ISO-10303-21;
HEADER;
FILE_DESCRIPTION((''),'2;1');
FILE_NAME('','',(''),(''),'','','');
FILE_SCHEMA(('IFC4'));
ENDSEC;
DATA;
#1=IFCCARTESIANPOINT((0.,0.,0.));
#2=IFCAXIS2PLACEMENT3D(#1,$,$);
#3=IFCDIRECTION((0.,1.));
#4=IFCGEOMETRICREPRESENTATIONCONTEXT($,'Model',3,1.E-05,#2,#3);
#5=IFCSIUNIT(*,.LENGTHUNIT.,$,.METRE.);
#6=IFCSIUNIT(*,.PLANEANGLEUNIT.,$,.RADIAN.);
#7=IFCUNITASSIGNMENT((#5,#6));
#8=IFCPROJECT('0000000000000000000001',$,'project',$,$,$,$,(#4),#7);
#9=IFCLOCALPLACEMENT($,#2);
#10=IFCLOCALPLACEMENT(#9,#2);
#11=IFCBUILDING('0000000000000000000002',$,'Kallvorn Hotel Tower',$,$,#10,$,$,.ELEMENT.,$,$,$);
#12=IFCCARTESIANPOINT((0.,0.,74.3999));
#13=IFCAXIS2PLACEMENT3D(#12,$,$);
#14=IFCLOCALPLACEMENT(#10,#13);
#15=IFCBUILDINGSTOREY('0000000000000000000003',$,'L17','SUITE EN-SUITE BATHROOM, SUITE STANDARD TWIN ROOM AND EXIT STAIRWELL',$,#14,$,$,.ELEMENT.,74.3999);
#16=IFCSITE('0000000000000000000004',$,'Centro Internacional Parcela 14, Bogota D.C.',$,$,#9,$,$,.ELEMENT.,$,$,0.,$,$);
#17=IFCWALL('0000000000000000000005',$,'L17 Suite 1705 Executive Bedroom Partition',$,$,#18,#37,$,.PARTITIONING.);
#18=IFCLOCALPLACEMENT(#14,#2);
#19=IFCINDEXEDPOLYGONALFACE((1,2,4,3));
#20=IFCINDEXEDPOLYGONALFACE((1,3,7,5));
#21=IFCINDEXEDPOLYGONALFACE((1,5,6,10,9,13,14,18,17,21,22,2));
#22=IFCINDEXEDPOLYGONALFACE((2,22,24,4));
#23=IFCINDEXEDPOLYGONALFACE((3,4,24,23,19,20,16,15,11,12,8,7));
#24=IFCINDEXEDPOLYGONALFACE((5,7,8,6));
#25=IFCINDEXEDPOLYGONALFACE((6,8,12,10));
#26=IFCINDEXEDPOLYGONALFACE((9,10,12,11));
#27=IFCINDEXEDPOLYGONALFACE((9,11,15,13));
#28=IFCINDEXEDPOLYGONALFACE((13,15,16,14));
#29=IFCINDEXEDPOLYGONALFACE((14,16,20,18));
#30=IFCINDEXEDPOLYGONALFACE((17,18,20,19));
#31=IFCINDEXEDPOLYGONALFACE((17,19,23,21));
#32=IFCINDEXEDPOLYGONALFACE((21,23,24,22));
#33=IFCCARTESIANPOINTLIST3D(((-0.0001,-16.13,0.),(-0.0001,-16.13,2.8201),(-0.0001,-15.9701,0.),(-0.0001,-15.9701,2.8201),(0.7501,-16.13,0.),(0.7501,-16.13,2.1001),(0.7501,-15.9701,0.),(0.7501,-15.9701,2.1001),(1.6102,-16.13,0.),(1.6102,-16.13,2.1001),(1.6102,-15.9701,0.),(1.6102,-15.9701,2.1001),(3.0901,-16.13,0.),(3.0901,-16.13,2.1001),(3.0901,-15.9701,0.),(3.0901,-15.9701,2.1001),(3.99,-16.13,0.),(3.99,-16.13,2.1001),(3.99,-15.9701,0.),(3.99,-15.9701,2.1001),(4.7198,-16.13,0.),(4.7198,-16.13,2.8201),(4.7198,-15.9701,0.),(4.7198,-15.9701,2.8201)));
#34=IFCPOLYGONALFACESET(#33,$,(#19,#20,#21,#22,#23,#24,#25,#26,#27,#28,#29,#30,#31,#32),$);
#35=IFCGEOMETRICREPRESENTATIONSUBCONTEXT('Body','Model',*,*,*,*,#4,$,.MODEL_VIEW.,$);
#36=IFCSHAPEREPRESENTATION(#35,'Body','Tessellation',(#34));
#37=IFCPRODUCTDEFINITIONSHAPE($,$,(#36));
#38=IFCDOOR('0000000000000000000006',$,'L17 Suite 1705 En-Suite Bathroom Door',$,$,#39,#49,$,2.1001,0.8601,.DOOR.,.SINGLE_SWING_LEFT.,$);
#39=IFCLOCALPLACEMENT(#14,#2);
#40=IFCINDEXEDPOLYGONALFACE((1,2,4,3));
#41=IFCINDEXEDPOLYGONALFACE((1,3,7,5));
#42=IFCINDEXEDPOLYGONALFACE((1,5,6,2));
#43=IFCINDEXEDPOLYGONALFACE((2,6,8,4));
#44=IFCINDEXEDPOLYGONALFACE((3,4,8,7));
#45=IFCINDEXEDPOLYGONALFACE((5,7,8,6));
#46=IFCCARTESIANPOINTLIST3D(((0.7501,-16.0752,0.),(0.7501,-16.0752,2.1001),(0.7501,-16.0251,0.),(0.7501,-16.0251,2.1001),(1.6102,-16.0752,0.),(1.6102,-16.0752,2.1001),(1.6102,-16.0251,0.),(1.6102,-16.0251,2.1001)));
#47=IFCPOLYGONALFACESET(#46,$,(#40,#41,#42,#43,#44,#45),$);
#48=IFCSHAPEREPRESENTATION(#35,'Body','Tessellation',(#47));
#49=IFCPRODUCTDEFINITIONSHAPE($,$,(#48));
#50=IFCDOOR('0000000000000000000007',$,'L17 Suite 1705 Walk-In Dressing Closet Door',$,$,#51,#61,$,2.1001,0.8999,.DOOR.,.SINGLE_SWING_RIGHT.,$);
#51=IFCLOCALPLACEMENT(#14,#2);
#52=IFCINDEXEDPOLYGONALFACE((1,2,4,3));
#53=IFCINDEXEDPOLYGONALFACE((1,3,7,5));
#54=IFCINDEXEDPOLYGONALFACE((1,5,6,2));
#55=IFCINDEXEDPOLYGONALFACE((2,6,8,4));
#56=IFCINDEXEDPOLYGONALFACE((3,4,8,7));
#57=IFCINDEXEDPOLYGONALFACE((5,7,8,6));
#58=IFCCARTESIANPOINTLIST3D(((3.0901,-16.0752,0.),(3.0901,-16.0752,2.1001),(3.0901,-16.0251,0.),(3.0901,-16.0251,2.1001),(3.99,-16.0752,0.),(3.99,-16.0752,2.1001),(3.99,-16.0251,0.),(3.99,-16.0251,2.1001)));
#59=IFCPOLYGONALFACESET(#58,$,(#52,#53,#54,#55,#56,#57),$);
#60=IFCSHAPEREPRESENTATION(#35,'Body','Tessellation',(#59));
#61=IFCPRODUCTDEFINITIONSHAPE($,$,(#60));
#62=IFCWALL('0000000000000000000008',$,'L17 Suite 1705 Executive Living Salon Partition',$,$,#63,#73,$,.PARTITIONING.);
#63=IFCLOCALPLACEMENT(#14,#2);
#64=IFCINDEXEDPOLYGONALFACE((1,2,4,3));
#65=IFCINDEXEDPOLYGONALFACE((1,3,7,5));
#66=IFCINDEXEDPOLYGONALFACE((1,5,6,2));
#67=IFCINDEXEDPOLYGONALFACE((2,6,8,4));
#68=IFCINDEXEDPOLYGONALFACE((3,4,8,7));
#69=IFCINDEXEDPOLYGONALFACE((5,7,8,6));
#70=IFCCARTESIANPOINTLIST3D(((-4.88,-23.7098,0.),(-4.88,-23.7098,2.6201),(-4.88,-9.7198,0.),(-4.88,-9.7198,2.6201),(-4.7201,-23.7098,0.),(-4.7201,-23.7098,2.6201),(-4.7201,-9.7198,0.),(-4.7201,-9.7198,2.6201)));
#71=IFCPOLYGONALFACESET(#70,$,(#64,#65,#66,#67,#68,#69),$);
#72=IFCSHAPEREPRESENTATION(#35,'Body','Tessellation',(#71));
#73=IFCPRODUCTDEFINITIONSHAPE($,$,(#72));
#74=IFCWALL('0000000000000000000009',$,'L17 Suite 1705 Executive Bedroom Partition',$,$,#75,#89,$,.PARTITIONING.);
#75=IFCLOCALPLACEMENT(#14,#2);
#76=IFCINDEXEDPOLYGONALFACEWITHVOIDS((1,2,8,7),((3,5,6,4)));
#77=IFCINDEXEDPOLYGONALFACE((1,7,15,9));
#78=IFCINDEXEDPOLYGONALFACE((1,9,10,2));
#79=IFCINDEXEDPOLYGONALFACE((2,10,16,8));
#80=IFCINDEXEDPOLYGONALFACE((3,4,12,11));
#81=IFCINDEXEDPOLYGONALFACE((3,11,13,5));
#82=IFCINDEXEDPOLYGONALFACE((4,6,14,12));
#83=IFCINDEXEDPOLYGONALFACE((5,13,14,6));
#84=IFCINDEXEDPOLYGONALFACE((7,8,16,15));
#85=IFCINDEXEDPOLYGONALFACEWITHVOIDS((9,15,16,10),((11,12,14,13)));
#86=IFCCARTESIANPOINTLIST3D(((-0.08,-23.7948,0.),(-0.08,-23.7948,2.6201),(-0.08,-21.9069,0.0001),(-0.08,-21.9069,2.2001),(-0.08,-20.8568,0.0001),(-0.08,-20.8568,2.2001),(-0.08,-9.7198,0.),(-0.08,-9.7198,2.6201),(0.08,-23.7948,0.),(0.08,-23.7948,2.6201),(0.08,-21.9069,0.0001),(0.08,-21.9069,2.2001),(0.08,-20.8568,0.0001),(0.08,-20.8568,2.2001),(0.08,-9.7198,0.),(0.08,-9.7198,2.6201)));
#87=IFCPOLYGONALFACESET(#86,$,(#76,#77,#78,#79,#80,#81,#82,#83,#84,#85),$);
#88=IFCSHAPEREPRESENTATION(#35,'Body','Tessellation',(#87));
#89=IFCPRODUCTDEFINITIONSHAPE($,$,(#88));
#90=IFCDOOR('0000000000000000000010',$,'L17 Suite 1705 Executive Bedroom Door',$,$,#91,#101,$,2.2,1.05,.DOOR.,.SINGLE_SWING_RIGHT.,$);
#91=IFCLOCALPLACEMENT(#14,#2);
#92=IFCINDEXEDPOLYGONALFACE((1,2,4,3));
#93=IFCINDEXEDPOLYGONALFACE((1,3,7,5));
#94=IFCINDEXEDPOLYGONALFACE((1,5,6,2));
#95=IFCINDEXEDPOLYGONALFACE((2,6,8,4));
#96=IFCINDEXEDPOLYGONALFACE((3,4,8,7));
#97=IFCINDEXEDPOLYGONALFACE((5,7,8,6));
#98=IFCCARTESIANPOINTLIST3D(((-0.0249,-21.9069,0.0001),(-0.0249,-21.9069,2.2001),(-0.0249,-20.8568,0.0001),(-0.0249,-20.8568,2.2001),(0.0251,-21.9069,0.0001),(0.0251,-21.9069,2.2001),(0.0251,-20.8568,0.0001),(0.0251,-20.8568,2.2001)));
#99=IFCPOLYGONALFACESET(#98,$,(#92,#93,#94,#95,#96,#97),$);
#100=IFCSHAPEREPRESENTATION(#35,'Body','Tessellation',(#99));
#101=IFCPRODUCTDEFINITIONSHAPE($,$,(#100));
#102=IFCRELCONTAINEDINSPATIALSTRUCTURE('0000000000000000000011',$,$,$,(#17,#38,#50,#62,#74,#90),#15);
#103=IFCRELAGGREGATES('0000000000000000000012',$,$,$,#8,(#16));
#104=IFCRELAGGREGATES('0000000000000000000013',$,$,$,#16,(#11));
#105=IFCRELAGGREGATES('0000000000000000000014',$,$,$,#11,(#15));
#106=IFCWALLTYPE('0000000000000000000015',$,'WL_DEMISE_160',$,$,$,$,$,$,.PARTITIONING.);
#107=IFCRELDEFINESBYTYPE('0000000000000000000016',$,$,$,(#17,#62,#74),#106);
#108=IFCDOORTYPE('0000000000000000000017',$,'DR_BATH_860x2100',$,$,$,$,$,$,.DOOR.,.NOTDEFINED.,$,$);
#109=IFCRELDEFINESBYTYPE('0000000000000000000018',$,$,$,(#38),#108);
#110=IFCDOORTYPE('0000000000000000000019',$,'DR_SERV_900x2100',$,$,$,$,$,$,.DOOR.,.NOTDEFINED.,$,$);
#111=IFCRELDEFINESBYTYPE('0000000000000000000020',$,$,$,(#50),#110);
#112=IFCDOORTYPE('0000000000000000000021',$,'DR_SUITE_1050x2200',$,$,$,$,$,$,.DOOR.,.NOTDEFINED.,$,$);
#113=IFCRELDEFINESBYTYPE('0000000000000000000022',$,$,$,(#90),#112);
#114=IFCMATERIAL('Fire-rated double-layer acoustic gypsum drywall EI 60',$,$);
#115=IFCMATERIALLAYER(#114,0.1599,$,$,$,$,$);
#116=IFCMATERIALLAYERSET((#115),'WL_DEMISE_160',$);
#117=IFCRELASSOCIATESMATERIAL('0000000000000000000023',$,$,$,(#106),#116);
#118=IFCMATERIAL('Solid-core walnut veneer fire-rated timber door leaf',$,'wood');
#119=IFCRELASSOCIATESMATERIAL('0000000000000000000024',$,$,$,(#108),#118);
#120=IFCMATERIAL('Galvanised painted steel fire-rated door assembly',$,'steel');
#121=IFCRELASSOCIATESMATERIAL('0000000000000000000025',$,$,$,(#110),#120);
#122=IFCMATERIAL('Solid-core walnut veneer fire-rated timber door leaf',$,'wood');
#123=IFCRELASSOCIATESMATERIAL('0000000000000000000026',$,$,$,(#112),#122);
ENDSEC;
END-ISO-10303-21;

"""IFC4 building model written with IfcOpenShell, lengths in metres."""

from ifc_helpers import new_model, si_unit, direction, frame, frame_2d, origin, place, context, subcontext, project, spatial, rectangle, extrude, material, layer, layer_set, type_object, element, fill, save


model = new_model("IFC4")

# Units and contexts
model_context = context("Model", 3, precision=1e-05, world=origin(), true_north=direction((0.0, 1.0)))
body_context = subcontext(model_context, "Body", "Model", "MODEL_VIEW")
ifc_project = project(units=[si_unit("LENGTHUNIT", "METRE"), si_unit("PLANEANGLEUNIT", "RADIAN")], contexts=[model_context])

# Site, building, storey
site_placement = place(None, origin())
site = spatial("IfcSite", under=ifc_project, at=site_placement, Name="Centro Internacional Parcela 14, Bogota D.C.", CompositionType="ELEMENT", RefElevation=0.0)
building_placement = place(site_placement, origin())
building = spatial("IfcBuilding", under=site, at=building_placement, Name="Kallvorn Hotel Tower", CompositionType="ELEMENT")
storey_placement = place(building_placement, frame((0.0, 0.0, 74.3999)))
storey = spatial("IfcBuildingStorey", under=building, at=storey_placement, Name="L17", Description="SUITE EN-SUITE BATHROOM, SUITE STANDARD TWIN ROOM AND EXIT STAIRWELL", CompositionType="ELEMENT", Elevation=74.3999)

# Wall, openings, doors
ifc_material_1 = material(Name="Fire-rated double-layer acoustic gypsum drywall EI 60")
ifc_layer_1 = layer(ifc_material_1, 0.1599)
ifc_layer_set_1 = layer_set([ifc_layer_1], Name="WL_DEMISE_160")
wall_type = type_object("IfcWallType", Name="WL_DEMISE_160", PredefinedType="PARTITIONING", material=ifc_layer_set_1)
wall_1_placement = place(storey_placement, frame((0.0, -16.05, 0.0), z_axis=(0.0, 0.0, 1.0), x_axis=(1.0, 0.0, 0.0)))
wall_1 = element("IfcWall", 1, at=wall_1_placement, inside=storey, type_object=wall_type, Name="L17 Suite 1705 Executive Bedroom Partition", PredefinedType="PARTITIONING", context=body_context, shape_type="SweptSolid", body=[
    extrude(rectangle(XDim=4.72, YDim=0.1599, at=frame_2d((2.3599, 0.0))), origin(), (0.0, 0.0, 1.0), 2.8201),
])
opening_1_placement = place(wall_1_placement, frame((0.75, 0.0, 0.0)))
opening_1 = element("IfcOpeningElement", 2, at=opening_1_placement, cuts=wall_1, PredefinedType="OPENING", context=body_context, shape_type="SweptSolid", body=[
    extrude(rectangle(XDim=0.8601, YDim=2.1001, at=frame_2d((0.4302, 1.05))), frame((0.0, 0.095, 0.0), z_axis=(0.0, -1.0, 0.0), x_axis=(1.0, 0.0, 0.0)), (0.0, 0.0, 1.0), 0.1899),
])
opening_2_placement = place(wall_1_placement, frame((3.0901, 0.0, 0.0)))
opening_2 = element("IfcOpeningElement", 3, at=opening_2_placement, cuts=wall_1, PredefinedType="OPENING", context=body_context, shape_type="SweptSolid", body=[
    extrude(rectangle(XDim=0.8999, YDim=2.1001, at=frame_2d((0.45, 1.05))), frame((0.0, 0.095, 0.0), z_axis=(0.0, -1.0, 0.0), x_axis=(1.0, 0.0, 0.0)), (0.0, 0.0, 1.0), 0.1899),
])
ifc_material_2 = material(Name="Solid-core walnut veneer fire-rated timber door leaf", Category="wood")
door_type_1 = type_object("IfcDoorType", Name="DR_BATH_860x2100", OperationType="NOTDEFINED", PredefinedType="DOOR", material=ifc_material_2)
door_1_placement = place(opening_1_placement, origin())
door_1 = element("IfcDoor", 4, at=door_1_placement, inside=storey, type_object=door_type_1, Name="L17 Suite 1705 En-Suite Bathroom Door", OperationType="SINGLE_SWING_LEFT", OverallHeight=2.1001, OverallWidth=0.8601, PredefinedType="DOOR", context=body_context, shape_type="SweptSolid", body=[
    extrude(rectangle(XDim=0.8601, YDim=2.1001, at=frame_2d((0.4302, 1.05))), frame((0.0, 0.0249, 0.0), z_axis=(0.0, -1.0, 0.0), x_axis=(1.0, 0.0, 0.0)), (0.0, 0.0, 1.0), 0.05),
])
fill(opening_1, door_1)
ifc_material_3 = material(Name="Galvanised painted steel fire-rated door assembly", Category="steel")
door_type_2 = type_object("IfcDoorType", Name="DR_SERV_900x2100", OperationType="NOTDEFINED", PredefinedType="DOOR", material=ifc_material_3)
door_2_placement = place(opening_2_placement, origin())
door_2 = element("IfcDoor", 5, at=door_2_placement, inside=storey, type_object=door_type_2, Name="L17 Suite 1705 Walk-In Dressing Closet Door", OperationType="SINGLE_SWING_RIGHT", OverallHeight=2.1001, OverallWidth=0.8999, PredefinedType="DOOR", context=body_context, shape_type="SweptSolid", body=[
    extrude(rectangle(XDim=0.8999, YDim=2.1001, at=frame_2d((0.45, 1.05))), frame((0.0, 0.0249, 0.0), z_axis=(0.0, -1.0, 0.0), x_axis=(1.0, 0.0, 0.0)), (0.0, 0.0, 1.0), 0.05),
])
fill(opening_2, door_2)

# Wall
wall_2_placement = place(storey_placement, frame((-4.8, -23.71, 0.0), z_axis=(0.0, 0.0, 1.0), x_axis=(0.0, 1.0, 0.0)))
element("IfcWall", 6, at=wall_2_placement, inside=storey, type_object=wall_type, Name="L17 Suite 1705 Executive Living Salon Partition", PredefinedType="PARTITIONING", context=body_context, shape_type="SweptSolid", body=[
    extrude(rectangle(XDim=13.99, YDim=0.1599, at=frame_2d((6.9951, 0.0))), origin(), (0.0, 0.0, 1.0), 2.6201),
])

# Wall, opening, door
wall_3_placement = place(storey_placement, frame((0.0, -23.7949, 0.0), z_axis=(0.0, 0.0, 1.0), x_axis=(0.0, 1.0, 0.0)))
wall_3 = element("IfcWall", 7, at=wall_3_placement, inside=storey, type_object=wall_type, Name="L17 Suite 1705 Executive Bedroom Partition", PredefinedType="PARTITIONING", context=body_context, shape_type="SweptSolid", body=[
    extrude(rectangle(XDim=14.075, YDim=0.1599, at=frame_2d((7.0376, 0.0))), origin(), (0.0, 0.0, 1.0), 2.6201),
])
opening_3_placement = place(wall_3_placement, frame((1.8882, 0.0, 0.0)))
opening_3 = element("IfcOpeningElement", 8, at=opening_3_placement, cuts=wall_3, PredefinedType="OPENING", context=body_context, shape_type="SweptSolid", body=[
    extrude(rectangle(XDim=1.05, YDim=2.2, at=frame_2d((0.5249, 1.1001))), frame((0.0, 0.095, 0.0), z_axis=(0.0, -1.0, 0.0), x_axis=(1.0, 0.0, 0.0)), (0.0, 0.0, 1.0), 0.1899),
])
ifc_material_4 = material(Name="Solid-core walnut veneer fire-rated timber door leaf", Category="wood")
door_type_3 = type_object("IfcDoorType", Name="DR_SUITE_1050x2200", OperationType="NOTDEFINED", PredefinedType="DOOR", material=ifc_material_4)
door_3_placement = place(opening_3_placement, origin())
door_3 = element("IfcDoor", 9, at=door_3_placement, inside=storey, type_object=door_type_3, Name="L17 Suite 1705 Executive Bedroom Door", OperationType="SINGLE_SWING_RIGHT", OverallHeight=2.2, OverallWidth=1.05, PredefinedType="DOOR", context=body_context, shape_type="SweptSolid", body=[
    extrude(rectangle(XDim=1.05, YDim=2.2, at=frame_2d((0.5249, 1.1001))), frame((0.0, 0.0249, 0.0), z_axis=(0.0, -1.0, 0.0), x_axis=(1.0, 0.0, 0.0)), (0.0, 0.0, 1.0), 0.05),
])
fill(opening_3, door_3)

save(model, "model.ifc")
